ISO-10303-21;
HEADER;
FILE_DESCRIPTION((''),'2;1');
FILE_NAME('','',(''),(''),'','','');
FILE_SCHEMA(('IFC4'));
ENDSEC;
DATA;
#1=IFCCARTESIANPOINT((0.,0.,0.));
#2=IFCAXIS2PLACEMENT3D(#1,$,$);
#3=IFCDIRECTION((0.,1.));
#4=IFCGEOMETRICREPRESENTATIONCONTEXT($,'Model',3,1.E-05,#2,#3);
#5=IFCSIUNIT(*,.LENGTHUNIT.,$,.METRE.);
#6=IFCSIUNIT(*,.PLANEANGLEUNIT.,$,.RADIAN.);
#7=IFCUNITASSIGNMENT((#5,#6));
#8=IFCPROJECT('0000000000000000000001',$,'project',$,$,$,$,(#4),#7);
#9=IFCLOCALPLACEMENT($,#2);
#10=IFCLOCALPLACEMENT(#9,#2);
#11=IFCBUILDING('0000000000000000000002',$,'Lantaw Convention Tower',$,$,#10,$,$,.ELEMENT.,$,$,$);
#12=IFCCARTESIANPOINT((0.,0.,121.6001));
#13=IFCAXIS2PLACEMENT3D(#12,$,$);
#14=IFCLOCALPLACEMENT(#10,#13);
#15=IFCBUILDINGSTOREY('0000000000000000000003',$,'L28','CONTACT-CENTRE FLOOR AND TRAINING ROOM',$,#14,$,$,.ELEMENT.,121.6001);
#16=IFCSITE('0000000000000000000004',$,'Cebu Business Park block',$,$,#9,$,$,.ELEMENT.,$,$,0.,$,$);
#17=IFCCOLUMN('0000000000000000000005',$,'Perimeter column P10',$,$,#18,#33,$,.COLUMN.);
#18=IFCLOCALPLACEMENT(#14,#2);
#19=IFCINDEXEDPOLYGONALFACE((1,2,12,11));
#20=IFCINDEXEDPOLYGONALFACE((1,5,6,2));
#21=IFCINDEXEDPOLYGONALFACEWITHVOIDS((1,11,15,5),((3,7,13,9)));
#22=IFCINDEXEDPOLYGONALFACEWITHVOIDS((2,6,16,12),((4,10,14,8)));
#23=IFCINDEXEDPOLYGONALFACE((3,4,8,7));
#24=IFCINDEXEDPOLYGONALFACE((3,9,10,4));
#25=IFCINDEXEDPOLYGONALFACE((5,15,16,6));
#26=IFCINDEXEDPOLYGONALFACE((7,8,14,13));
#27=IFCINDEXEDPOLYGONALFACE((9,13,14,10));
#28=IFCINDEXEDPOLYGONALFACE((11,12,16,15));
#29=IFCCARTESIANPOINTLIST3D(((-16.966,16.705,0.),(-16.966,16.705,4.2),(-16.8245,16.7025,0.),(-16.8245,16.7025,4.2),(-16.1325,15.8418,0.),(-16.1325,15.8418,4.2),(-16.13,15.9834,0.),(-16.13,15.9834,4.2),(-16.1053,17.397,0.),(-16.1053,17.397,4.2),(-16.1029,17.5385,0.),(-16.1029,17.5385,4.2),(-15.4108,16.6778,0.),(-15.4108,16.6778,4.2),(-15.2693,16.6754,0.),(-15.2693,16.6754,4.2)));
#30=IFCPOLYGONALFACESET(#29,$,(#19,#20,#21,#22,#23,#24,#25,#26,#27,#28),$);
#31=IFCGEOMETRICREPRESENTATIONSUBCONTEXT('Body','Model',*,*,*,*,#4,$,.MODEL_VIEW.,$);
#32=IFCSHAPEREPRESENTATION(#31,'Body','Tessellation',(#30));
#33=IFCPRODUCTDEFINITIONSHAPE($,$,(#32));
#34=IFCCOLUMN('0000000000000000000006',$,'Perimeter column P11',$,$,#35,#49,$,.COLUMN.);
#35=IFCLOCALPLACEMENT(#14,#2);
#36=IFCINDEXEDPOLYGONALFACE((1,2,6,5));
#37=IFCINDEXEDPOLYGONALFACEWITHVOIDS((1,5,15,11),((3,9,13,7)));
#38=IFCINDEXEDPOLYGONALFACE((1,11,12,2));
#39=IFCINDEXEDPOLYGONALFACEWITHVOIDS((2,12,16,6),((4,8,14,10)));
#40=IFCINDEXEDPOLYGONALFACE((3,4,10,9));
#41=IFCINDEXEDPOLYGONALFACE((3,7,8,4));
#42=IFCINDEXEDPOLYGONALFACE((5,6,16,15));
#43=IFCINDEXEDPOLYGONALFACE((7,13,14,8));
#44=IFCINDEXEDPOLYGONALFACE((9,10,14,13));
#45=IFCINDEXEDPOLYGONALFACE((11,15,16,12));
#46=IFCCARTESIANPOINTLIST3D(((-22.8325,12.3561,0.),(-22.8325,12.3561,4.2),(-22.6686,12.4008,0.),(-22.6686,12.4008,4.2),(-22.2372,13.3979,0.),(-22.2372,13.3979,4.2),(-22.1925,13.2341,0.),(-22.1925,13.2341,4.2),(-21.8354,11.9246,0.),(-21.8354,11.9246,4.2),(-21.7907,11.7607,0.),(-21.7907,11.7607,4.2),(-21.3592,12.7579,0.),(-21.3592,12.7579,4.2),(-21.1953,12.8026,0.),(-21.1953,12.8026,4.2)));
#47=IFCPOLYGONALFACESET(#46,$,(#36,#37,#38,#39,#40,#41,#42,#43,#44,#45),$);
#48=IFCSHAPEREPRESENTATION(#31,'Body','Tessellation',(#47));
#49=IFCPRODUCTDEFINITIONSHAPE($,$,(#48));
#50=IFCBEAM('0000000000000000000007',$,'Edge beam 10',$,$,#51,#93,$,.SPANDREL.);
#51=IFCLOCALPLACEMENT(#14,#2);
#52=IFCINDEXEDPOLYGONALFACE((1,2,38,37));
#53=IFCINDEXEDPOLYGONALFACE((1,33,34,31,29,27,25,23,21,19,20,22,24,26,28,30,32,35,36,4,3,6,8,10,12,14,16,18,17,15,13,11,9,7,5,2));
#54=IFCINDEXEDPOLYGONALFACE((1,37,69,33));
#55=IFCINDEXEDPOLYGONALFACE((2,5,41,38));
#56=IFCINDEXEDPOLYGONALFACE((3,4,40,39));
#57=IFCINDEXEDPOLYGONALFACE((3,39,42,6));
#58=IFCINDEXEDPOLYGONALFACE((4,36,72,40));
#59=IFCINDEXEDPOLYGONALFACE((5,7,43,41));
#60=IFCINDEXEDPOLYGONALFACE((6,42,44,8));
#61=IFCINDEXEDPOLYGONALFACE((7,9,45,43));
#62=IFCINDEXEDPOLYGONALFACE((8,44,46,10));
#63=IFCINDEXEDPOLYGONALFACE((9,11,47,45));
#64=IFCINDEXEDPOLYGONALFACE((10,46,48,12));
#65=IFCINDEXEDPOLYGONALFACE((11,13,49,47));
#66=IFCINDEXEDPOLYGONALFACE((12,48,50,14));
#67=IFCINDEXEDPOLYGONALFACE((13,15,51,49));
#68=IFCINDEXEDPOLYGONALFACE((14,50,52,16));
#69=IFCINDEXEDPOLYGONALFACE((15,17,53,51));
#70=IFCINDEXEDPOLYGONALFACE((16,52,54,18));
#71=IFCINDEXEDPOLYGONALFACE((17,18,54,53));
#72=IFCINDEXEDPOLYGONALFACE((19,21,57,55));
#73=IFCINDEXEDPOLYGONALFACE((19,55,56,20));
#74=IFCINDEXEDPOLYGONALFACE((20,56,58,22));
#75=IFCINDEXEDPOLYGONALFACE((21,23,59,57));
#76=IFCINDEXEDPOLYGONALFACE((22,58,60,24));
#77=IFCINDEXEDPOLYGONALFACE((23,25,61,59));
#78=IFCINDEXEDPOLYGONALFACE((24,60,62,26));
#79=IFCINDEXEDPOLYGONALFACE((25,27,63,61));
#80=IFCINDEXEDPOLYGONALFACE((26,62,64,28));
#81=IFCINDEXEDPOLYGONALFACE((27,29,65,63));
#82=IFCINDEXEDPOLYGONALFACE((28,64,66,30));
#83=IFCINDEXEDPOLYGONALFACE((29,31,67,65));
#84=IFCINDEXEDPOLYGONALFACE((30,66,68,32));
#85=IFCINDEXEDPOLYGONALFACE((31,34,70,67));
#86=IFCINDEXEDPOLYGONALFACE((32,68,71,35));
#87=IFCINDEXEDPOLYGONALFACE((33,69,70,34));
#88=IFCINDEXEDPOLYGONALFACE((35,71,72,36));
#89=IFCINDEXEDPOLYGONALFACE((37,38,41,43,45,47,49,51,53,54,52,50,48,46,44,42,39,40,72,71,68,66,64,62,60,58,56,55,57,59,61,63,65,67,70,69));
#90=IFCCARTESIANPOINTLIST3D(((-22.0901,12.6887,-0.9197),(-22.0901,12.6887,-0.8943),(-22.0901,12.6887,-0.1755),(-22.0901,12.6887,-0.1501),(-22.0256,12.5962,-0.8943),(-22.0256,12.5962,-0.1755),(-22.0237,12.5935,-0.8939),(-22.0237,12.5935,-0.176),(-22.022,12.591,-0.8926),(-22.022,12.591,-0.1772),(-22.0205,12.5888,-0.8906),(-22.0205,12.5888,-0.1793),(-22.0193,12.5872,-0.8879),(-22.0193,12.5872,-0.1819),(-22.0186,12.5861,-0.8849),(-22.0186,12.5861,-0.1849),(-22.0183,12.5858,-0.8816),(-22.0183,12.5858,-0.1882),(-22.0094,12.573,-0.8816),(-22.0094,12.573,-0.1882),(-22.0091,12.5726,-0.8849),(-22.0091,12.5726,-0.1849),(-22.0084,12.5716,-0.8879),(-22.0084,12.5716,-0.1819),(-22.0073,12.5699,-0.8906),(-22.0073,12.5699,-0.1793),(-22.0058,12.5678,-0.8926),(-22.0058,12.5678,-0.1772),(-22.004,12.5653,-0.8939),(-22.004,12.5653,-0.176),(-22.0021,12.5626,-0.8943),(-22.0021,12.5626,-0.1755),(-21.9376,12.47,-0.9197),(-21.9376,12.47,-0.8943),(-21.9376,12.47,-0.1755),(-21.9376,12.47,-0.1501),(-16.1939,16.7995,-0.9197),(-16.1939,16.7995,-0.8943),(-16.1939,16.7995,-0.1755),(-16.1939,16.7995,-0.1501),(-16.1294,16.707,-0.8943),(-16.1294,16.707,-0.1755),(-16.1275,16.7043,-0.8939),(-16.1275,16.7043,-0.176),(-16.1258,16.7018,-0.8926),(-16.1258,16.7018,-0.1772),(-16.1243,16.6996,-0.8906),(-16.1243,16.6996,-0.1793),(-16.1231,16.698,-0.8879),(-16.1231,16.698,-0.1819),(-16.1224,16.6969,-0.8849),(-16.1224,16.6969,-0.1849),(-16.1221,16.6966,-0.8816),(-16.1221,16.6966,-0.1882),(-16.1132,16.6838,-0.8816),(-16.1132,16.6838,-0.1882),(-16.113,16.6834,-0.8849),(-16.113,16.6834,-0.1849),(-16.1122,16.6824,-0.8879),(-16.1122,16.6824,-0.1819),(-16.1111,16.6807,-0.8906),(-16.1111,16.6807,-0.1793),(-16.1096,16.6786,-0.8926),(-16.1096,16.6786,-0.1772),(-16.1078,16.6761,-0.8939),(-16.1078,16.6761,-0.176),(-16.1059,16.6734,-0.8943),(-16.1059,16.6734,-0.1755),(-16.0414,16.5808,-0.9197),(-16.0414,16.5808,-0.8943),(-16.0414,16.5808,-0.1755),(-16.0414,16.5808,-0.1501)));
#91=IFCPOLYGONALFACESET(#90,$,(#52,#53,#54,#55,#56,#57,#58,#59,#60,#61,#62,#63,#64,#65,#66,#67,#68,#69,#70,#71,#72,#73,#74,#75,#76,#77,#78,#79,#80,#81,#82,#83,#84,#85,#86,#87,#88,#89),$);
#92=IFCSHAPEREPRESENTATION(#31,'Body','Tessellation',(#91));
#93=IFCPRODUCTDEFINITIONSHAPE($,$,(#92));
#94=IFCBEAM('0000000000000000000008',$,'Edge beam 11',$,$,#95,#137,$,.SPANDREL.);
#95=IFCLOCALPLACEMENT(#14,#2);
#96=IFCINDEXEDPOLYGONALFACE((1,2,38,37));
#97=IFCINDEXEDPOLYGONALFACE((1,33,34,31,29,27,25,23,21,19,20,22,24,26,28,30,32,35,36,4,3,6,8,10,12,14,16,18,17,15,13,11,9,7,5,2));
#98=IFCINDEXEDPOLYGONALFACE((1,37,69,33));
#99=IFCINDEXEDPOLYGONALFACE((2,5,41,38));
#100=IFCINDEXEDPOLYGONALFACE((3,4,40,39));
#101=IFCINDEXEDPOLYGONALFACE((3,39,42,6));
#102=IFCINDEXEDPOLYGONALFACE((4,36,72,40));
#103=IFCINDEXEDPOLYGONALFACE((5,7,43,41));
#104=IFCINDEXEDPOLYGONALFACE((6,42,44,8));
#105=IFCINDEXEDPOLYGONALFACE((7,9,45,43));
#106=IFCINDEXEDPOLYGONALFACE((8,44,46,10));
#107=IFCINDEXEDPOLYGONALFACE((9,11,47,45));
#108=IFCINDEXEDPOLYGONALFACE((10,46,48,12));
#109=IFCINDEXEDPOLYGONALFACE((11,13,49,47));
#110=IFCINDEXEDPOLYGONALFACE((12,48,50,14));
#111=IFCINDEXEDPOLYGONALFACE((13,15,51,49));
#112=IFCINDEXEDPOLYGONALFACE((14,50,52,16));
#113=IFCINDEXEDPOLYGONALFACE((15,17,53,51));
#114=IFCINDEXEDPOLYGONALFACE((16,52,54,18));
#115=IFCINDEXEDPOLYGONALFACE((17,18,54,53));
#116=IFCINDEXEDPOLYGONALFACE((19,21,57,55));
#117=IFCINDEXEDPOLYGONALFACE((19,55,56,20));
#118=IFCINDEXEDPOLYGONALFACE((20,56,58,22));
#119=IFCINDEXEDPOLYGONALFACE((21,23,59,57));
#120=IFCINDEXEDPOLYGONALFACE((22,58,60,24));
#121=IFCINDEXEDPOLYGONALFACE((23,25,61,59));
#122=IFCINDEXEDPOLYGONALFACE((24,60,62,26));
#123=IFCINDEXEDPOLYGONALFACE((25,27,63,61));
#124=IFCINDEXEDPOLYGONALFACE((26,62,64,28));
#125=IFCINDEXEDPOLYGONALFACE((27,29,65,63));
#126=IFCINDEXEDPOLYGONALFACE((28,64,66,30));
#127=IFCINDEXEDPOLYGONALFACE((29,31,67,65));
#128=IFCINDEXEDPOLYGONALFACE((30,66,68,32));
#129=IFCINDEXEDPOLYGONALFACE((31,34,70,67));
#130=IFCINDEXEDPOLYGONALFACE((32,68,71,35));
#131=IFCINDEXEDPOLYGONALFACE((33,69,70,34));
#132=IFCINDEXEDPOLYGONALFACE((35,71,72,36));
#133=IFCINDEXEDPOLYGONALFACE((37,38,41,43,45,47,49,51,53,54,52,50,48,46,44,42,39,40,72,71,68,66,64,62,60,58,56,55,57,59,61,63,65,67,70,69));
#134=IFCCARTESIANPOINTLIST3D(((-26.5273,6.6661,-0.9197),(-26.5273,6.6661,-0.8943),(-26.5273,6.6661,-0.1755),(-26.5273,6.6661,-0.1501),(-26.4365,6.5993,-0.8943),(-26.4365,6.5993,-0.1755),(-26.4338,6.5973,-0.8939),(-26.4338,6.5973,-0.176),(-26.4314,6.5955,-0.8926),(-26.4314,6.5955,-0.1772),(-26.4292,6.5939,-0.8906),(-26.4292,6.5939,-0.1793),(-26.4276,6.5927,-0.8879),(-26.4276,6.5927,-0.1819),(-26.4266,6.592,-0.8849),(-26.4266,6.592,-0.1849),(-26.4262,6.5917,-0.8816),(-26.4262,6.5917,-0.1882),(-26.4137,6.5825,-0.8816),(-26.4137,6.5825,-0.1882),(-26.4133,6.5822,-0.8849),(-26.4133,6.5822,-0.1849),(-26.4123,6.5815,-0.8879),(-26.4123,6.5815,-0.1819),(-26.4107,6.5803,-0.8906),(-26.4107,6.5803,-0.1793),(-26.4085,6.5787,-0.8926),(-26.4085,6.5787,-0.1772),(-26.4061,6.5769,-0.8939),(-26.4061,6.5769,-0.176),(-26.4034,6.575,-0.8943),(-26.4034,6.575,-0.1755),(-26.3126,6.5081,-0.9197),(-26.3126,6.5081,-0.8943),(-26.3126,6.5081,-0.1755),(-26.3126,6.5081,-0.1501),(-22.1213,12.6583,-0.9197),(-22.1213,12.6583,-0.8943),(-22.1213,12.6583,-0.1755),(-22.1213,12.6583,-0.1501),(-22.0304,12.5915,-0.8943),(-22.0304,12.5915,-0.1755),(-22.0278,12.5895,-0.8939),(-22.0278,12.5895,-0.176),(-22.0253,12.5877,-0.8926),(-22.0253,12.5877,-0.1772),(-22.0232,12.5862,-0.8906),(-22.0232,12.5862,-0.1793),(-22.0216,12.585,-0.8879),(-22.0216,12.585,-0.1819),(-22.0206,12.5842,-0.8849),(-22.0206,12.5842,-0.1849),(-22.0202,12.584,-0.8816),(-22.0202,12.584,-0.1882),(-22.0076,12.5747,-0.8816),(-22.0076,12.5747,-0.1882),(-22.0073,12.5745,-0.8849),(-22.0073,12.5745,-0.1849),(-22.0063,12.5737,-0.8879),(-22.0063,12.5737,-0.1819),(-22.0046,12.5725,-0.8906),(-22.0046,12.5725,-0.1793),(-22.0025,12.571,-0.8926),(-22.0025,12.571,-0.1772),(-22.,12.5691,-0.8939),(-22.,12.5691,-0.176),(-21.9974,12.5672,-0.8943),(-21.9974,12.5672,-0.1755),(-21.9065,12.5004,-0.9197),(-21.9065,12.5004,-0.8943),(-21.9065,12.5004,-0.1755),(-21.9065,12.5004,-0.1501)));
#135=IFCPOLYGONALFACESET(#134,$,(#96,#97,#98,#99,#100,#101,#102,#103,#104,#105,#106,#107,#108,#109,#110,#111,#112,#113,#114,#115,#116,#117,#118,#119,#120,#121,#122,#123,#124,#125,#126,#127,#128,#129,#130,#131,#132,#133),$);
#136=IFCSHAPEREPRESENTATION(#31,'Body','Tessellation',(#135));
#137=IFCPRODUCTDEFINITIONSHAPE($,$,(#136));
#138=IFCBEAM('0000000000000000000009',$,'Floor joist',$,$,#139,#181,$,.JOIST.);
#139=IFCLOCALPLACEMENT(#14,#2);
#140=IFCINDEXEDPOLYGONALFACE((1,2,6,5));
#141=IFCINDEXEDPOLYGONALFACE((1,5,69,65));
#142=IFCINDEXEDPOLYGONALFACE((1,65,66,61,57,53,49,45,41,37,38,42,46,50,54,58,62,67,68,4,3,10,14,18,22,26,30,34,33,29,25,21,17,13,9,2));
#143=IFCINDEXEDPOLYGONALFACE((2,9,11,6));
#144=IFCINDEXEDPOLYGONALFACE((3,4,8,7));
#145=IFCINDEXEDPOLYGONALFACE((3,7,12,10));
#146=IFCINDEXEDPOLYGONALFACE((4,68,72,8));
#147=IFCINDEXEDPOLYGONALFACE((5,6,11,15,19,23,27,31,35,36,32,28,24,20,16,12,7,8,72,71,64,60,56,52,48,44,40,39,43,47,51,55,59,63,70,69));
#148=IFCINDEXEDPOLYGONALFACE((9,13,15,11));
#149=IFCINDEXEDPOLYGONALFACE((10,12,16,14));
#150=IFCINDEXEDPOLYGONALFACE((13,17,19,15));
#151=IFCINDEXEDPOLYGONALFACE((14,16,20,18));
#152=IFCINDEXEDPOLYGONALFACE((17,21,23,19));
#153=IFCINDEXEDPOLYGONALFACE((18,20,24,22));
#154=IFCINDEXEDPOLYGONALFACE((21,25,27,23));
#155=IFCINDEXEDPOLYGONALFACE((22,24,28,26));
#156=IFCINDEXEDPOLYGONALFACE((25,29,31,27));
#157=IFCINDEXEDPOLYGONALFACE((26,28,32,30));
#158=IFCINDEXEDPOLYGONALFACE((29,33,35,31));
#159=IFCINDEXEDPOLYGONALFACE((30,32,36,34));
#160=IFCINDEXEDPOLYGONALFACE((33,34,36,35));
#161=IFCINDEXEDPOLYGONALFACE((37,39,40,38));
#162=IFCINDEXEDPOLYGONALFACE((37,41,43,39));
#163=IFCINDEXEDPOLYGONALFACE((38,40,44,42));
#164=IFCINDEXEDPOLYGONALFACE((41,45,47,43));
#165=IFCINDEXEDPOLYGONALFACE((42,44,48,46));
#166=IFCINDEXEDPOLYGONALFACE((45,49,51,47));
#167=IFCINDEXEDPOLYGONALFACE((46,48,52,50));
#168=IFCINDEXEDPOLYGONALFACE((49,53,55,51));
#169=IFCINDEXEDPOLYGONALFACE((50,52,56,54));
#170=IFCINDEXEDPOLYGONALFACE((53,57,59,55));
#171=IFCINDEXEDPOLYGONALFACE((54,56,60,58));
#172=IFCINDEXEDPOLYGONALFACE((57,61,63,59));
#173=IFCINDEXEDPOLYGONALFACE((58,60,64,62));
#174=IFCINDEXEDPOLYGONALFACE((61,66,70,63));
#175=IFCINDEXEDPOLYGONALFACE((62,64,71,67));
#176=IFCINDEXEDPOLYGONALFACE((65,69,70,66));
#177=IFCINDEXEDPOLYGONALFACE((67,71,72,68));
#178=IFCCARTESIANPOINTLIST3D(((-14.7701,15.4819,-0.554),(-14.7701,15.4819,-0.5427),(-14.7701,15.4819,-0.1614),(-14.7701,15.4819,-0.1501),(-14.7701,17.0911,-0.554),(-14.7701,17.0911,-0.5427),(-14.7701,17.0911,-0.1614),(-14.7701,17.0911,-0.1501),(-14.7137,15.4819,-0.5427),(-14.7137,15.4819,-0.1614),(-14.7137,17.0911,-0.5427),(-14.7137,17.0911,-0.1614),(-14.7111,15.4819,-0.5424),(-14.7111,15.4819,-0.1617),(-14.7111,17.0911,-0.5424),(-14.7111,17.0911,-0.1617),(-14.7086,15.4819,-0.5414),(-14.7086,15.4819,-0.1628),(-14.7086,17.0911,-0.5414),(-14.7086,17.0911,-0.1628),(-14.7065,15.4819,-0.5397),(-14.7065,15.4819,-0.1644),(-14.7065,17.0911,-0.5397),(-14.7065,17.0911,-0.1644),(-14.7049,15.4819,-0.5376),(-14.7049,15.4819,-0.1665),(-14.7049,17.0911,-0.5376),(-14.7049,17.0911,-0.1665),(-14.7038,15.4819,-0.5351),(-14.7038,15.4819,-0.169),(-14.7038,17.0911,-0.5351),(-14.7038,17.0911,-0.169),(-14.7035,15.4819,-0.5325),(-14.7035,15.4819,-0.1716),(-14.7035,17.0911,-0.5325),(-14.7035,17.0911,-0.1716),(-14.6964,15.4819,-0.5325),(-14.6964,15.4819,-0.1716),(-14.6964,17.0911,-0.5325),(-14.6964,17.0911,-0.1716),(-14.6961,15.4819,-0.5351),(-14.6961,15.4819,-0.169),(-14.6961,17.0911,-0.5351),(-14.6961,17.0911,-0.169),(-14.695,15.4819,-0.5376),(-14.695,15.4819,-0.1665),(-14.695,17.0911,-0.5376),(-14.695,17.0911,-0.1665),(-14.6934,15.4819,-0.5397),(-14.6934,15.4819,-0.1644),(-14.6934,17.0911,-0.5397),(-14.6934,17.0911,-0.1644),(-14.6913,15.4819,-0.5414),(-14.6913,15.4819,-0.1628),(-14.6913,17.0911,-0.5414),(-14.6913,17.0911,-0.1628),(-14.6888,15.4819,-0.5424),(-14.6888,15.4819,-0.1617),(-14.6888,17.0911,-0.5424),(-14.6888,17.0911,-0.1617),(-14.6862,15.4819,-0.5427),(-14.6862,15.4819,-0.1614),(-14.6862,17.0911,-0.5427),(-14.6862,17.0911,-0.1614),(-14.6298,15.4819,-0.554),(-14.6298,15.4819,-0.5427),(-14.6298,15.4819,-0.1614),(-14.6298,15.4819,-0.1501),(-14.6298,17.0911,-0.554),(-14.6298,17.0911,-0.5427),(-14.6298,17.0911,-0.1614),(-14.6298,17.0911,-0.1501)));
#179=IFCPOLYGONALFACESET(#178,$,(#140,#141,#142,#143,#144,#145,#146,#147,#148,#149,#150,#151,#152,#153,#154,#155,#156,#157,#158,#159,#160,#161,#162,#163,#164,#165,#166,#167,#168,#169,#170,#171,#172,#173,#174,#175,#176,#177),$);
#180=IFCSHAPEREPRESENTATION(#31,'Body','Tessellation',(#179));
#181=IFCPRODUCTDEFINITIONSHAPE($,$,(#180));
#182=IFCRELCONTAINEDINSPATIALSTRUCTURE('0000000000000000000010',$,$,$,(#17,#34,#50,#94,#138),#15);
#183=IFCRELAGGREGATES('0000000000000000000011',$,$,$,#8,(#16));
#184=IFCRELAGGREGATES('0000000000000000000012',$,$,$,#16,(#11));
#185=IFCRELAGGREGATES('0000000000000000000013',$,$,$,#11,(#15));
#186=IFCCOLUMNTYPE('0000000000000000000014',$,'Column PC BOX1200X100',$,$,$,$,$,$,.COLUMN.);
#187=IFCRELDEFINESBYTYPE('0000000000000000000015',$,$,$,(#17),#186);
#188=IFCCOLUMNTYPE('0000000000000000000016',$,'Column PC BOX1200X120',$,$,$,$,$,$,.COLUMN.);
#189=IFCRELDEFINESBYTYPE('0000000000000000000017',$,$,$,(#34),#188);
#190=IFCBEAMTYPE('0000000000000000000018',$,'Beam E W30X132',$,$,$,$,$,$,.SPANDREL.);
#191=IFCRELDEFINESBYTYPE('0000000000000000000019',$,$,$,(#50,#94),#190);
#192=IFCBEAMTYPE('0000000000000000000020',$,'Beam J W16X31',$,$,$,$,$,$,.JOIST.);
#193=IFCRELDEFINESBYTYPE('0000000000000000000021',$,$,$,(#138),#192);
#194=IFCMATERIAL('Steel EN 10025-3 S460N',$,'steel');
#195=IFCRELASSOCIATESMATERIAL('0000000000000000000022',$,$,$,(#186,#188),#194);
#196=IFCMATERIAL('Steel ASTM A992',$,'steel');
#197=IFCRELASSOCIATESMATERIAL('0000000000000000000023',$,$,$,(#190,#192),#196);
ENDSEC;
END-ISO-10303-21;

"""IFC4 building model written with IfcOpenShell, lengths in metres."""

from ifc_helpers import new_model, si_unit, direction, frame, origin, origin_2d, place, context, subcontext, project, spatial, rectangle, hollow_rectangle, i_section, extrude, material, material_profile, profile_set, type_object, element, save


model = new_model("IFC4")

# Units and contexts
model_context = context("Model", 3, precision=1e-05, world=origin(), true_north=direction((0.0, 1.0)))
body_context = subcontext(model_context, "Body", "Model", "MODEL_VIEW")
ifc_project = project(units=[si_unit("LENGTHUNIT", "METRE"), si_unit("PLANEANGLEUNIT", "RADIAN")], contexts=[model_context])

# Site, building, storey
site_placement = place(None, origin())
site = spatial("IfcSite", under=ifc_project, at=site_placement, Name="Cebu Business Park block", CompositionType="ELEMENT", RefElevation=0.0)
building_placement = place(site_placement, origin())
building = spatial("IfcBuilding", under=site, at=building_placement, Name="Lantaw Convention Tower", CompositionType="ELEMENT")
storey_placement = place(building_placement, frame((0.0, 0.0, 121.6001)))
storey = spatial("IfcBuildingStorey", under=building, at=storey_placement, Name="L28", Description="CONTACT-CENTRE FLOOR AND TRAINING ROOM", CompositionType="ELEMENT", Elevation=121.6001)

# Columns
ifc_material_1 = material(Name="Steel EN 10025-3 S460N", Category="steel")
ifc_material_profile_1 = material_profile(ifc_material_1, hollow_rectangle(XDim=1.2, YDim=1.2, WallThickness=0.1001, at=origin_2d()), Name="BOX1200X100")
ifc_material_2 = material(Name="Concrete C60/75", Category="concrete")
ifc_material_profile_2 = material_profile(ifc_material_2, rectangle(XDim=1.0, YDim=1.0, at=origin_2d()), Name="Concrete fill of BOX1200X100")
ifc_profile_set_1 = profile_set([ifc_material_profile_1, ifc_material_profile_2], Name="Steel EN 10025-3 S460N")
column_type_1 = type_object("IfcColumnType", Name="Column PC BOX1200X100", PredefinedType="COLUMN", material=ifc_profile_set_1)
column_1_placement = place(storey_placement, frame((-16.1177, 16.6902, 0.0), z_axis=(0.0, 0.0, 1.0), x_axis=(0.71934, 0.694658, 0.0)))
element("IfcColumn", 1, at=column_1_placement, inside=storey, type_object=column_type_1, Name="Perimeter column P10", PredefinedType="COLUMN", context=body_context, shape_type="SweptSolid", body=[
    extrude(hollow_rectangle(XDim=1.2, YDim=1.2, WallThickness=0.1001, at=origin_2d()), origin(), (0.0, 0.0, 1.0), 4.2),
])
ifc_material_profile_3 = material_profile(ifc_material_1, hollow_rectangle(XDim=1.2, YDim=1.2, WallThickness=0.1201, at=origin_2d()), Name="BOX1200X120")
ifc_material_profile_4 = material_profile(ifc_material_2, rectangle(XDim=0.96, YDim=0.96, at=origin_2d()), Name="Concrete fill of BOX1200X120")
ifc_profile_set_2 = profile_set([ifc_material_profile_3, ifc_material_profile_4], Name="Steel EN 10025-3 S460N")
column_type_2 = type_object("IfcColumnType", Name="Column PC BOX1200X120", PredefinedType="COLUMN", material=ifc_profile_set_2)
column_2_placement = place(storey_placement, frame((-22.0139, 12.5793, 0.0), z_axis=(0.0, 0.0, 1.0), x_axis=(0.496139, 0.868243, 0.0)))
element("IfcColumn", 2, at=column_2_placement, inside=storey, type_object=column_type_2, Name="Perimeter column P11", PredefinedType="COLUMN", context=body_context, shape_type="SweptSolid", body=[
    extrude(hollow_rectangle(XDim=1.2, YDim=1.2, WallThickness=0.1201, at=origin_2d()), origin(), (0.0, 0.0, 1.0), 4.2),
])

# Beams
ifc_material_3 = material(Name="Steel ASTM A992", Category="steel")
ifc_material_profile_5 = material_profile(ifc_material_3, i_section(OverallWidth=0.2666, OverallDepth=0.7695, WebThickness=0.0156, FlangeThickness=0.0254, FilletRadius=0.0127, at=origin_2d()), Name="W30X132")
ifc_profile_set_3 = profile_set([ifc_material_profile_5], Name="Steel ASTM A992")
beam_type_1 = type_object("IfcBeamType", Name="Beam E W30X132", PredefinedType="SPANDREL", material=ifc_profile_set_3)
beam_1_placement = place(storey_placement, frame((-16.1177, 16.6902, -0.5349), z_axis=(-0.820311, -0.571918, 0.0), x_axis=(0.571918, -0.820311, 0.0)))
element("IfcBeam", 3, at=beam_1_placement, inside=storey, type_object=beam_type_1, Name="Edge beam 10", PredefinedType="SPANDREL", context=body_context, shape_type="SweptSolid", body=[
    extrude(i_section(OverallWidth=0.2666, OverallDepth=0.7695, WebThickness=0.0156, FlangeThickness=0.0254, FilletRadius=0.0127, at=origin_2d()), origin(), (0.0, 0.0, 1.0), 7.1877),
])
beam_2_placement = place(storey_placement, frame((-22.0139, 12.5793, -0.5349), z_axis=(-0.592389, -0.805652, 0.0), x_axis=(0.805652, -0.592389, 0.0)))
element("IfcBeam", 4, at=beam_2_placement, inside=storey, type_object=beam_type_1, Name="Edge beam 11", PredefinedType="SPANDREL", context=body_context, shape_type="SweptSolid", body=[
    extrude(i_section(OverallWidth=0.2666, OverallDepth=0.7695, WebThickness=0.0156, FlangeThickness=0.0254, FilletRadius=0.0127, at=origin_2d()), origin(), (0.0, 0.0, 1.0), 7.4377),
])
ifc_material_profile_6 = material_profile(ifc_material_3, i_section(OverallWidth=0.1404, OverallDepth=0.4038, WebThickness=0.0071, FlangeThickness=0.0112, FilletRadius=0.0103, at=origin_2d()), Name="W16X31")
ifc_profile_set_4 = profile_set([ifc_material_profile_6], Name="Steel ASTM A992")
beam_type_2 = type_object("IfcBeamType", Name="Beam J W16X31", PredefinedType="JOIST", material=ifc_profile_set_4)
beam_3_placement = place(storey_placement, frame((-14.7, 15.4819, -0.3521), z_axis=(0.0, 1.0, 0.0), x_axis=(-1.0, 0.0, 0.0)))
element("IfcBeam", 5, at=beam_3_placement, inside=storey, type_object=beam_type_2, Name="Floor joist", PredefinedType="JOIST", context=body_context, shape_type="SweptSolid", body=[
    extrude(i_section(OverallWidth=0.1404, OverallDepth=0.4038, WebThickness=0.0071, FlangeThickness=0.0112, FilletRadius=0.0103, at=origin_2d()), origin(), (0.0, 0.0, 1.0), 1.6091),
])

save(model, "model.ifc")
